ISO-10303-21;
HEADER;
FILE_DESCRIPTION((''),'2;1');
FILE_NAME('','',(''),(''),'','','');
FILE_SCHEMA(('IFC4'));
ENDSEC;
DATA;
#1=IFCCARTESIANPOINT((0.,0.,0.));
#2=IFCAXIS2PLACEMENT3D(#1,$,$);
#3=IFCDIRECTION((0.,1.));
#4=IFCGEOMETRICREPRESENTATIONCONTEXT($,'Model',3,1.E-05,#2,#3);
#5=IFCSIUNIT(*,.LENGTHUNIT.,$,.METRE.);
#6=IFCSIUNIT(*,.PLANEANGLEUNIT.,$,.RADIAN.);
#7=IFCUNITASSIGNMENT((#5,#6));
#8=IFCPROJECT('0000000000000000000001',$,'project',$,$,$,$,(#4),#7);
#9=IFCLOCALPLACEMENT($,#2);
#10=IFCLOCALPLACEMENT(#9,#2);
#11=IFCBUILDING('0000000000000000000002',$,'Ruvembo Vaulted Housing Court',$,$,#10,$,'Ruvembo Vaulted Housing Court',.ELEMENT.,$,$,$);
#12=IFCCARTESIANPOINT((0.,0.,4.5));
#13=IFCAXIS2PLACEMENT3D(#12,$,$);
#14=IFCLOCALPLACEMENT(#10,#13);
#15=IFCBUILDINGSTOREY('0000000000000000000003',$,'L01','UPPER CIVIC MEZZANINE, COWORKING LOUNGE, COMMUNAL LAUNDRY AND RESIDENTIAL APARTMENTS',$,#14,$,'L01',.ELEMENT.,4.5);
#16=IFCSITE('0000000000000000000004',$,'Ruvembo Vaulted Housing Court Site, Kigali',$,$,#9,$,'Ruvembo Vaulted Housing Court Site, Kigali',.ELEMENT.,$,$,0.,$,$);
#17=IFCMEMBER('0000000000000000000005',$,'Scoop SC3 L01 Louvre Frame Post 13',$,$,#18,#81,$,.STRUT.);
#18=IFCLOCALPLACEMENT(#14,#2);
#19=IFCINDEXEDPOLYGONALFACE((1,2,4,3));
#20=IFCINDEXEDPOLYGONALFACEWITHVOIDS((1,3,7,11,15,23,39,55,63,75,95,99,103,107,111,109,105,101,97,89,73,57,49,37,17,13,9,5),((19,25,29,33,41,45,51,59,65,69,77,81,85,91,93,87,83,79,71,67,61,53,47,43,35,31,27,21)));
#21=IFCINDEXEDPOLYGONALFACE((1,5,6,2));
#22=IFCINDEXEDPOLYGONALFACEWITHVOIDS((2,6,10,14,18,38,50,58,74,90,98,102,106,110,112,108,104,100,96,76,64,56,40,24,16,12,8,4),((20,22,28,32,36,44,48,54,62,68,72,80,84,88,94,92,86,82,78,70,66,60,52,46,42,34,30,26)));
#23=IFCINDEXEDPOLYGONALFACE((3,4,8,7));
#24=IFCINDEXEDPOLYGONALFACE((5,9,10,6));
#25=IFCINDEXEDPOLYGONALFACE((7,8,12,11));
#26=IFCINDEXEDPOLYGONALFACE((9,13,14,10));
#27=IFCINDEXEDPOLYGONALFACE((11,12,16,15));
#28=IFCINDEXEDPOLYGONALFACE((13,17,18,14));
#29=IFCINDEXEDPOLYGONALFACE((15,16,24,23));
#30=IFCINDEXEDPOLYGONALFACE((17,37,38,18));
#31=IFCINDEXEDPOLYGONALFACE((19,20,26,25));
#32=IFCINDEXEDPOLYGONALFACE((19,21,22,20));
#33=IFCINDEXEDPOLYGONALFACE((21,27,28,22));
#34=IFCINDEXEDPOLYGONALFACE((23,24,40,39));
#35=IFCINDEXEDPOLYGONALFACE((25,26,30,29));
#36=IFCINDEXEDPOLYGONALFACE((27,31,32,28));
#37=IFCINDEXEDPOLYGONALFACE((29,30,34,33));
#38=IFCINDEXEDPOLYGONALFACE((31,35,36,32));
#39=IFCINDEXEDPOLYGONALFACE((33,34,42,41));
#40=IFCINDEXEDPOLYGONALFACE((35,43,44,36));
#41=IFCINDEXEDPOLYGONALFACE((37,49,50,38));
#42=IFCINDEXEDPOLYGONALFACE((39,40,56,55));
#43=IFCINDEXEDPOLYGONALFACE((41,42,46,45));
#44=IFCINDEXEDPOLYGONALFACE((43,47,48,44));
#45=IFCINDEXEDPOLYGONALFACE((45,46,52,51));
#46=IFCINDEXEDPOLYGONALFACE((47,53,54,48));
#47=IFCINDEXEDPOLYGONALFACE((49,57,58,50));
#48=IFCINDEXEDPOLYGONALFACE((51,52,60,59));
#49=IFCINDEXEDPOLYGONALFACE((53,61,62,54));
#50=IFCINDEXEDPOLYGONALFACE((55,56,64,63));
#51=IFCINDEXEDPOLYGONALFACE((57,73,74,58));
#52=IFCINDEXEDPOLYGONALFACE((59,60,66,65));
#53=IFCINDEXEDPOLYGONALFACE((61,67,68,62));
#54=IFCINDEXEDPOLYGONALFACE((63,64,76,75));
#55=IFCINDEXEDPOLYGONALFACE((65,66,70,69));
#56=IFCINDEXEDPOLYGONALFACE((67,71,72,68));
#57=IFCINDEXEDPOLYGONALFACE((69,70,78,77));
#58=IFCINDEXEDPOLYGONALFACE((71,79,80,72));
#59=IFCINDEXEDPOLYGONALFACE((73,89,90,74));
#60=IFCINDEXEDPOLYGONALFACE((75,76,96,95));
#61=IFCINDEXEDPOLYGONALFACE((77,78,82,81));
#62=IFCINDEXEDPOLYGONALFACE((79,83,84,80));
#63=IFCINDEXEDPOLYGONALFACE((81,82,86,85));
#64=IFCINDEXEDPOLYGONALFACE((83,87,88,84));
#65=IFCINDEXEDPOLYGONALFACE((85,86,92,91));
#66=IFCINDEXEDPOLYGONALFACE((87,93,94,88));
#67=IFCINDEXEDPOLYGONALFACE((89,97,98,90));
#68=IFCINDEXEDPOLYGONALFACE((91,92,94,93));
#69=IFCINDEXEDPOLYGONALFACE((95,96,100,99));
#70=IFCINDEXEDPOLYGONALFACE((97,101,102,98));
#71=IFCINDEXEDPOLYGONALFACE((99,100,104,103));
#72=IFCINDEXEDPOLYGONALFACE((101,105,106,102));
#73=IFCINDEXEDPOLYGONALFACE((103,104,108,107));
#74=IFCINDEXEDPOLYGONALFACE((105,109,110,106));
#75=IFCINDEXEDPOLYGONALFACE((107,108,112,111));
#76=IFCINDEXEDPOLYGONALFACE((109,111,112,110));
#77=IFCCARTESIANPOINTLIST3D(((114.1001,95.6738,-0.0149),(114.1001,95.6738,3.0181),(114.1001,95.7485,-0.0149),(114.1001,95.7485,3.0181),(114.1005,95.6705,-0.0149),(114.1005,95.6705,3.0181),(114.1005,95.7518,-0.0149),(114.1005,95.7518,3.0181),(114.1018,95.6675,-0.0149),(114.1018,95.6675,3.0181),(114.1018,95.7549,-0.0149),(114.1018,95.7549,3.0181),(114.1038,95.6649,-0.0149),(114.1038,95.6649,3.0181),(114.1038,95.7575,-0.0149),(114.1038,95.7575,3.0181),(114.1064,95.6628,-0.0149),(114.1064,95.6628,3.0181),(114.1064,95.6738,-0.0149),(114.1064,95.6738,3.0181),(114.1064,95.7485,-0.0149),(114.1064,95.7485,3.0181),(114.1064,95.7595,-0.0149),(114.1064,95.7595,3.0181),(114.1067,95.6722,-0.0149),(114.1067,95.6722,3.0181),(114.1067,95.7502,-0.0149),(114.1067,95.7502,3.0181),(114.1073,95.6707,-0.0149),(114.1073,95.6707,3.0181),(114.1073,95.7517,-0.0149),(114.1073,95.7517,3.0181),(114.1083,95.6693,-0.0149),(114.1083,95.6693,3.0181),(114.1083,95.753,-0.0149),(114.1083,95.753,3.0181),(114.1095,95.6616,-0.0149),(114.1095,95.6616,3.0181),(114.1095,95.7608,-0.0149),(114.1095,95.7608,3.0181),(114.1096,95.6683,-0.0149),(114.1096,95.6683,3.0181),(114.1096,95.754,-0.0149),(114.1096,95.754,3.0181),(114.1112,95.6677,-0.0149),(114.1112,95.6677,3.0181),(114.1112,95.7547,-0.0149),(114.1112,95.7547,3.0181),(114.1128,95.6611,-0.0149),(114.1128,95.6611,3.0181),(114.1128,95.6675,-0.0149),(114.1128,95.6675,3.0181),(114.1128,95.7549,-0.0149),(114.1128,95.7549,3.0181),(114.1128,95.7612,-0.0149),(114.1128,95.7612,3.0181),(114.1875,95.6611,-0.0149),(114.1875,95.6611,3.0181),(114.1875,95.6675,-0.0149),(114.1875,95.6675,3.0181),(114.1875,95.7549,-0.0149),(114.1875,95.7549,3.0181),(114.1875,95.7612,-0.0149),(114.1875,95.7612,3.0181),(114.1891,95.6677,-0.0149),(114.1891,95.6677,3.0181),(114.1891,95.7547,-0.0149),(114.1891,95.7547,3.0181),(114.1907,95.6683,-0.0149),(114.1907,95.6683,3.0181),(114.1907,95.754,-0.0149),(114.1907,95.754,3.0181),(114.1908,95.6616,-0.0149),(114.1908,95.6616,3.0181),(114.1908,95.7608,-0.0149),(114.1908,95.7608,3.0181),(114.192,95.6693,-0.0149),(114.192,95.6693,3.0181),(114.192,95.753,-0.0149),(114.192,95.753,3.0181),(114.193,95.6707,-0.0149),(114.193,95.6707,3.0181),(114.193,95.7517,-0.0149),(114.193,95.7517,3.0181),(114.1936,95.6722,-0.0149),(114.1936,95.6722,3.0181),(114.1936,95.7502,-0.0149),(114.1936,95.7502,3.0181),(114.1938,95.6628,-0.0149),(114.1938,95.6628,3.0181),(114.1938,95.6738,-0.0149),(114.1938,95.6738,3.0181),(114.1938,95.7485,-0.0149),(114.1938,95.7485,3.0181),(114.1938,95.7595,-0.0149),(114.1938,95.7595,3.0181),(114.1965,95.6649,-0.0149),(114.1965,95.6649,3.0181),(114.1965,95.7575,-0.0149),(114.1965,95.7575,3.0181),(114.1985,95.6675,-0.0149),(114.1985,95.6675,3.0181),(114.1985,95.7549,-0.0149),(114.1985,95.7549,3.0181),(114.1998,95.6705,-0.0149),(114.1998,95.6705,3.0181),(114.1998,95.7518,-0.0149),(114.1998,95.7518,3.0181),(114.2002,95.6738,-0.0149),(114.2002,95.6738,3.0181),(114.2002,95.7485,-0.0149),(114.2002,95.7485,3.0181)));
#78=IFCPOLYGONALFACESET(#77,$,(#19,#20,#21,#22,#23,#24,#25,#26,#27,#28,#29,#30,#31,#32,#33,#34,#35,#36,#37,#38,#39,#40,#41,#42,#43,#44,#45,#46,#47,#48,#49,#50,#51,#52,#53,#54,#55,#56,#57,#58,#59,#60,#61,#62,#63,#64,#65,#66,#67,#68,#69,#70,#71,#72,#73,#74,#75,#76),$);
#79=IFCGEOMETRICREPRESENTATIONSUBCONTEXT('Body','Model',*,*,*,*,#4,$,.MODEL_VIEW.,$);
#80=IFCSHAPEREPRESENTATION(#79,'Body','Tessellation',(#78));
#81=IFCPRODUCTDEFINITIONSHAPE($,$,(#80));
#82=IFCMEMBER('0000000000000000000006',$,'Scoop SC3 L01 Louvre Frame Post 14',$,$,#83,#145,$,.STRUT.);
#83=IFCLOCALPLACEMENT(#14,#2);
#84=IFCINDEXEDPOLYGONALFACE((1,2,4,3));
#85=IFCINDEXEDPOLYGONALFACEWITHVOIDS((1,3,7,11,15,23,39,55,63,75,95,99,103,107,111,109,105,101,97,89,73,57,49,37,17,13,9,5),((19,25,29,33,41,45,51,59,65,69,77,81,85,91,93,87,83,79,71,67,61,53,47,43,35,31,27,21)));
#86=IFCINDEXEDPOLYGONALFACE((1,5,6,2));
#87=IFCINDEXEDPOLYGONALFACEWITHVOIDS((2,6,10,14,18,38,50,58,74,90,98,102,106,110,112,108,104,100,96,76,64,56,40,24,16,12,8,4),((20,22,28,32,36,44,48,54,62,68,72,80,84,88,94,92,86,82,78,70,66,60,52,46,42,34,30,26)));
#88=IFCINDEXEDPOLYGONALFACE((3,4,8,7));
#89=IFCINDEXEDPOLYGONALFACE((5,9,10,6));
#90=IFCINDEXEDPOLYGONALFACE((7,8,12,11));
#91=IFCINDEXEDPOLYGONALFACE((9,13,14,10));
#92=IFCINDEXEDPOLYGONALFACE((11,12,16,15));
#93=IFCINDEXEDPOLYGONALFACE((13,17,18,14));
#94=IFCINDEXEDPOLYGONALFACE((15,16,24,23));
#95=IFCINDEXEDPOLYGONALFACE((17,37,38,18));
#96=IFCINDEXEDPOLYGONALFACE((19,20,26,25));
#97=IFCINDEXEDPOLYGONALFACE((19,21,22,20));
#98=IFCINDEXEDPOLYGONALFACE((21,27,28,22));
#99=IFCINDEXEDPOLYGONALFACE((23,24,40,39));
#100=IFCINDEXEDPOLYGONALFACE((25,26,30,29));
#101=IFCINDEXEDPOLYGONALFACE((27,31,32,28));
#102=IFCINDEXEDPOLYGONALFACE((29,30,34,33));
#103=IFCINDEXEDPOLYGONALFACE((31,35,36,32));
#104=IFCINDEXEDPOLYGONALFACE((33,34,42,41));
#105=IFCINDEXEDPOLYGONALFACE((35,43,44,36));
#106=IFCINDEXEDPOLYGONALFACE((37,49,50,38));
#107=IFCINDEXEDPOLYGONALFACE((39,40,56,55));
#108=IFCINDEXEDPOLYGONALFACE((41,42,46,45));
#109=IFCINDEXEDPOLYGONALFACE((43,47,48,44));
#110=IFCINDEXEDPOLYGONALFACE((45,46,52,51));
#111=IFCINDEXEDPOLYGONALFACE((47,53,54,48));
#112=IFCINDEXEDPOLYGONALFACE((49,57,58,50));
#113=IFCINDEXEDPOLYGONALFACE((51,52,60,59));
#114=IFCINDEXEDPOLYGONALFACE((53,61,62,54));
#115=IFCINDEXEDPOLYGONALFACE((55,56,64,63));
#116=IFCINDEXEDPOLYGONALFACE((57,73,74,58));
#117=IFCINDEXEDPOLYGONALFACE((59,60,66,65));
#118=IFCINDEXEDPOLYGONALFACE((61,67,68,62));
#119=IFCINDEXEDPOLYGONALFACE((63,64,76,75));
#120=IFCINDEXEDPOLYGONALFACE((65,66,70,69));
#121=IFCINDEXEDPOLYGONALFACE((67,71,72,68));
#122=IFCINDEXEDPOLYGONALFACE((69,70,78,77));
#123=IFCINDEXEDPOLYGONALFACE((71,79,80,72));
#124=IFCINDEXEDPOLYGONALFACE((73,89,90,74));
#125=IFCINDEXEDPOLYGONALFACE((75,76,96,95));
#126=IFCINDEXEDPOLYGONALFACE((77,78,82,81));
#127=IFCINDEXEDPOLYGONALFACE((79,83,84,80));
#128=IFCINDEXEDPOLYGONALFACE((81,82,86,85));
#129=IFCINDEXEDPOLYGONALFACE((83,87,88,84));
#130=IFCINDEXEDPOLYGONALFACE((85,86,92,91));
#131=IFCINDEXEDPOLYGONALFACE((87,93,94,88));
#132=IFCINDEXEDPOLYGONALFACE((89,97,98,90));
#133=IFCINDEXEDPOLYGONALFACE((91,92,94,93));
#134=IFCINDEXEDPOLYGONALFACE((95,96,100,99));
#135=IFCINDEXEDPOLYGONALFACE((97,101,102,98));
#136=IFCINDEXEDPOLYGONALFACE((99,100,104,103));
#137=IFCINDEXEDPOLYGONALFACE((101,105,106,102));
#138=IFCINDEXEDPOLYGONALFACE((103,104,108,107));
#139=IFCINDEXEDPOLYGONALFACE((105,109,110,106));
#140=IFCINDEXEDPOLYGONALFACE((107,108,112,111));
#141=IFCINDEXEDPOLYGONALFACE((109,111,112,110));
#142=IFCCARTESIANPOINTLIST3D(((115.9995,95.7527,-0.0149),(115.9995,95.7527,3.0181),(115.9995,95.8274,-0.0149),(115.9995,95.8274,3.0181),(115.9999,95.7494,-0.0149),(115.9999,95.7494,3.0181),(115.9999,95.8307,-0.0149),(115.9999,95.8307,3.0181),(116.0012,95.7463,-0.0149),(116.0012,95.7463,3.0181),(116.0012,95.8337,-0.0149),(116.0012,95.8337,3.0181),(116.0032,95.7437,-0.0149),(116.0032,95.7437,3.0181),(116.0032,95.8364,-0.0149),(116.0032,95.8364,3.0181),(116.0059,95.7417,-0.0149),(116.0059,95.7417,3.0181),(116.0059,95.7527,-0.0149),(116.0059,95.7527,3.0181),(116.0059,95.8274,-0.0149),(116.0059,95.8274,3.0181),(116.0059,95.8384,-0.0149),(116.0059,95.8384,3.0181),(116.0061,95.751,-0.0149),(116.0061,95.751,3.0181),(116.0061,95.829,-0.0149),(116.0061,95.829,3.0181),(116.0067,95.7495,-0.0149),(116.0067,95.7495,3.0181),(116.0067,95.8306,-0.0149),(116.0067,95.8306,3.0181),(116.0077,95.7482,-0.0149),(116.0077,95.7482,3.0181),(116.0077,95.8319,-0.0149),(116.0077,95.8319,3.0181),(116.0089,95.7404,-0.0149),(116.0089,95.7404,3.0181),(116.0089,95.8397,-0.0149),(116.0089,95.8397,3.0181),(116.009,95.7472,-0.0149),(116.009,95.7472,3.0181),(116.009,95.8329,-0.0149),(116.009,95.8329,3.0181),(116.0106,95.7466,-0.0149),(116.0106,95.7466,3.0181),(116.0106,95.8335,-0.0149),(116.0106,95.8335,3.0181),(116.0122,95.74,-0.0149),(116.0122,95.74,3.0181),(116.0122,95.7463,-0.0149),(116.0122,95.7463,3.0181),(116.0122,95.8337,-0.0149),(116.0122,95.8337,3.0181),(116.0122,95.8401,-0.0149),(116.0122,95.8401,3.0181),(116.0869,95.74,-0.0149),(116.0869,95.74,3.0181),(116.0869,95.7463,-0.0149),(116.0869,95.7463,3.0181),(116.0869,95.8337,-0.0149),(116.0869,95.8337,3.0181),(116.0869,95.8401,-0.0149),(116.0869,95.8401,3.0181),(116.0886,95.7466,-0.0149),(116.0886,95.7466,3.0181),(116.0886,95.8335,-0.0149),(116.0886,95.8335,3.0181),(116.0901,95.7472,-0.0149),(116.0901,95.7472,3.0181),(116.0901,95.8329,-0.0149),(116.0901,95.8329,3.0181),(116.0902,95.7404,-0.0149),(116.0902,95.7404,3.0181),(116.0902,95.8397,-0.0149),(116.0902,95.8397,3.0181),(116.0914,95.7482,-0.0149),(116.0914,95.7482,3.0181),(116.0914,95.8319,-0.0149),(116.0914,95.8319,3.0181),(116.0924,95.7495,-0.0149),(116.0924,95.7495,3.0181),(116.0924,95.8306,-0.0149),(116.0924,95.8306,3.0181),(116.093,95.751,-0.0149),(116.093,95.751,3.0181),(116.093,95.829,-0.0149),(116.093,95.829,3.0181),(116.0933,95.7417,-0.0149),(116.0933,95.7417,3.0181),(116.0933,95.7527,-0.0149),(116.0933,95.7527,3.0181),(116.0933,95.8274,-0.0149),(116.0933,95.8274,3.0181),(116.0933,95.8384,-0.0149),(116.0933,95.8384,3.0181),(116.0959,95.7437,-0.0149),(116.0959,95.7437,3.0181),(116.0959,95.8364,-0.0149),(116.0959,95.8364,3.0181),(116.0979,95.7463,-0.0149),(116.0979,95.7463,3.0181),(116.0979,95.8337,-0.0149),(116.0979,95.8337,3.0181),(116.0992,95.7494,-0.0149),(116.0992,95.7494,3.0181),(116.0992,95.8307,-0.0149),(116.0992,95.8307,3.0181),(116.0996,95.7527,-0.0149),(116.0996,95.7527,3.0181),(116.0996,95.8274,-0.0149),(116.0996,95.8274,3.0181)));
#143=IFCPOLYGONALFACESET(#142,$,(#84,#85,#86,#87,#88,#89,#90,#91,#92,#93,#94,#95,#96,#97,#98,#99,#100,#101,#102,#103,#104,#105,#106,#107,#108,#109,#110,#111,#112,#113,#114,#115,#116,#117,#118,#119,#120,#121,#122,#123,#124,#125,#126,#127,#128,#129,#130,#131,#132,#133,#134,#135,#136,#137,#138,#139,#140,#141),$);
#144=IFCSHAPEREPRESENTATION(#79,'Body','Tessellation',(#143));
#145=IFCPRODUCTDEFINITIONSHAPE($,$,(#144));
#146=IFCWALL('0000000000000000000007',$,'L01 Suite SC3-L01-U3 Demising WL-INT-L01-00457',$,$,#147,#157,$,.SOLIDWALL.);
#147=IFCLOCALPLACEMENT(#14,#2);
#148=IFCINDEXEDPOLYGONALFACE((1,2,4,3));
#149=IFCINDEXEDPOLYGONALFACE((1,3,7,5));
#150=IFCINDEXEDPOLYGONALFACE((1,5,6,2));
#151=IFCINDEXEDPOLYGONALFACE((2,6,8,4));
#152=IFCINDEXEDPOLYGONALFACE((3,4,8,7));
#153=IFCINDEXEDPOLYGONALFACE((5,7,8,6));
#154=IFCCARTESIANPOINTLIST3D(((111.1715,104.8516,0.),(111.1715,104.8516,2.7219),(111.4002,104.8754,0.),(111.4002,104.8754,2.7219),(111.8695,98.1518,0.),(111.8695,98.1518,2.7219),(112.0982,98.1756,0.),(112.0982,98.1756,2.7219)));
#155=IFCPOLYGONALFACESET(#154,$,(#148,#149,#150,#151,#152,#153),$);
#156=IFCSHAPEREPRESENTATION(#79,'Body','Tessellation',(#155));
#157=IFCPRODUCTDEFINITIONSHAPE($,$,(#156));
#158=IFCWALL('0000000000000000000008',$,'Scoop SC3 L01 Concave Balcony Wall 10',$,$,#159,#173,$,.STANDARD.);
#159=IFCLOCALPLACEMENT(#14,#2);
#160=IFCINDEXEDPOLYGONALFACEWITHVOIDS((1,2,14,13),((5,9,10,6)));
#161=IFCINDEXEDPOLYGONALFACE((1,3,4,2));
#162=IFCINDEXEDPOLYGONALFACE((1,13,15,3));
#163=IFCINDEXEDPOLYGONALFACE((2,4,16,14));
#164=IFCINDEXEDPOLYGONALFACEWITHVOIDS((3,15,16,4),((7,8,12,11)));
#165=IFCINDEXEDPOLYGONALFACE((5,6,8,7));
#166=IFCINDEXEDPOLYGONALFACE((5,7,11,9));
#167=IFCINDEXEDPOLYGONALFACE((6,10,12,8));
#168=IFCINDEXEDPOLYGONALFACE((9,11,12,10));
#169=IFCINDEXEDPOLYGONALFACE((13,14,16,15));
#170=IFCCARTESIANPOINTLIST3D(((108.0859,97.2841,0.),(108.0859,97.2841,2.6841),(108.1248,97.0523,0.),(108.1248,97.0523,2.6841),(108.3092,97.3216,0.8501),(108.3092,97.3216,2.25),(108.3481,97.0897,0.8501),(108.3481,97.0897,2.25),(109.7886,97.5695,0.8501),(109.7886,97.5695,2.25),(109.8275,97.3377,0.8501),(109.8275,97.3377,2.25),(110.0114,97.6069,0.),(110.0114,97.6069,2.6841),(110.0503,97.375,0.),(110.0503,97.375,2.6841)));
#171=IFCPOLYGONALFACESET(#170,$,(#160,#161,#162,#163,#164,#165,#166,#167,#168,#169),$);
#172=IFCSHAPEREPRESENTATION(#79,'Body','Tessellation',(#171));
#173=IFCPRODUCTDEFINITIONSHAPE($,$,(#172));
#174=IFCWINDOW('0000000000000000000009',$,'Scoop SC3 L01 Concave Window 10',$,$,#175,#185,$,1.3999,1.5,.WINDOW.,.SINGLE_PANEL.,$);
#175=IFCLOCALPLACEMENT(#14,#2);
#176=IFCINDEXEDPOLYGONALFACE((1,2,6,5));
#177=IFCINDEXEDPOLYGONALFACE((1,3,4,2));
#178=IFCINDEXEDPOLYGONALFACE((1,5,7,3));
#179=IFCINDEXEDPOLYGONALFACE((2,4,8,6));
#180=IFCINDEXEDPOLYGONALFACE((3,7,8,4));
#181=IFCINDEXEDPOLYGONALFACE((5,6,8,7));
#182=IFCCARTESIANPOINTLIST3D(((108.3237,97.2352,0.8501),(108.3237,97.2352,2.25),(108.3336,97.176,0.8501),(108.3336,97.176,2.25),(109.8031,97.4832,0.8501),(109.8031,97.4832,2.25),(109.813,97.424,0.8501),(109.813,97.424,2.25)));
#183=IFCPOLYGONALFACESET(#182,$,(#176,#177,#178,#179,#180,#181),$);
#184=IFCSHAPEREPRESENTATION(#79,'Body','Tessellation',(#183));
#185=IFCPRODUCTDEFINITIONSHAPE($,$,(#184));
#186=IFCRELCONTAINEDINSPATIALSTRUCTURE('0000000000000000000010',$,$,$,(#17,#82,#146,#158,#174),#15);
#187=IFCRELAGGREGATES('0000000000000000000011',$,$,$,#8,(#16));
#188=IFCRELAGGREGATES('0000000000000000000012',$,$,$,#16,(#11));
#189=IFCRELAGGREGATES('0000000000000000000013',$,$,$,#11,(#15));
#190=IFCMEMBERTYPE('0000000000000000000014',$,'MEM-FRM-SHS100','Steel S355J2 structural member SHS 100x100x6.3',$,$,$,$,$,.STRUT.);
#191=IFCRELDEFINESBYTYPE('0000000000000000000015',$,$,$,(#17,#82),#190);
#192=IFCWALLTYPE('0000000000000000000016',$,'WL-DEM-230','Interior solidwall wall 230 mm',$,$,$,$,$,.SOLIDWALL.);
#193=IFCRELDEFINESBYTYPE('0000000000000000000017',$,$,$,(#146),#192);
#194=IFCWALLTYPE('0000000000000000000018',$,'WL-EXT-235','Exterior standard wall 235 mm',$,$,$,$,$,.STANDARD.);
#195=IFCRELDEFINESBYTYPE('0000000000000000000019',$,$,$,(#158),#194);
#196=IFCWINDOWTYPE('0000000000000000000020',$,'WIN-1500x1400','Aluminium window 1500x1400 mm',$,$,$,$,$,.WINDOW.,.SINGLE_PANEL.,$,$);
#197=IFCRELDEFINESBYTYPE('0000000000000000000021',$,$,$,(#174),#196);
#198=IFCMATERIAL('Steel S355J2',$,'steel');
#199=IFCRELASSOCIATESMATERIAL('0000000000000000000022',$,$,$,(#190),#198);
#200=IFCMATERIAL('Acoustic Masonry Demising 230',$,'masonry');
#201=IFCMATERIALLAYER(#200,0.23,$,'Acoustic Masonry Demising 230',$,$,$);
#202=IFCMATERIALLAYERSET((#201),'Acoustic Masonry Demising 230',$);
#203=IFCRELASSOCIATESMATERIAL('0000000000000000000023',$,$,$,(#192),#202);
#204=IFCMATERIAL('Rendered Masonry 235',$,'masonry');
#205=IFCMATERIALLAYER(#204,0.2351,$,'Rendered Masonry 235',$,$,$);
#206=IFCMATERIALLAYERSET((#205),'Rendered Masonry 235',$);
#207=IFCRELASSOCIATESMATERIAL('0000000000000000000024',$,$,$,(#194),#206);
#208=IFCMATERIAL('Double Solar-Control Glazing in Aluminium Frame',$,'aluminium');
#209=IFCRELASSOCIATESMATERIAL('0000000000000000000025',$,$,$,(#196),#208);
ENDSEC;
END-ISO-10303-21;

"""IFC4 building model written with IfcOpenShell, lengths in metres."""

from ifc_helpers import new_model, si_unit, direction, frame, frame_2d, origin, origin_2d, place, context, subcontext, project, spatial, rectangle, hollow_rectangle, extrude, material, layer, layer_set, material_profile, profile_set, type_object, element, fill, save


model = new_model("IFC4")

# Units and contexts
model_context = context("Model", 3, precision=1e-05, world=origin(), true_north=direction((0.0, 1.0)))
body_context = subcontext(model_context, "Body", "Model", "MODEL_VIEW")
ifc_project = project(units=[si_unit("LENGTHUNIT", "METRE"), si_unit("PLANEANGLEUNIT", "RADIAN")], contexts=[model_context])

# Site, building, storey
site_placement = place(None, origin())
site = spatial("IfcSite", under=ifc_project, at=site_placement, Name="Ruvembo Vaulted Housing Court Site, Kigali", LongName="Ruvembo Vaulted Housing Court Site, Kigali", CompositionType="ELEMENT", RefElevation=0.0)
building_placement = place(site_placement, origin())
building = spatial("IfcBuilding", under=site, at=building_placement, Name="Ruvembo Vaulted Housing Court", LongName="Ruvembo Vaulted Housing Court", CompositionType="ELEMENT")
storey_placement = place(building_placement, frame((0.0, 0.0, 4.5)))
storey = spatial("IfcBuildingStorey", under=building, at=storey_placement, Name="L01", Description="UPPER CIVIC MEZZANINE, COWORKING LOUNGE, COMMUNAL LAUNDRY AND RESIDENTIAL APARTMENTS", LongName="L01", CompositionType="ELEMENT", Elevation=4.5)

# Shared definitions
ifc_material_1 = material(Name="Steel S355J2", Category="steel")

# Members
ifc_material_profile_1 = material_profile(ifc_material_1, hollow_rectangle(XDim=0.1001, YDim=0.1001, WallThickness=0.0063, InnerFilletRadius=0.0063, OuterFilletRadius=0.0127, at=origin_2d()), Name="SHS 100x100x6.3")
ifc_profile_set_1 = profile_set([ifc_material_profile_1], Name="Steel S355J2")
member_type_1 = type_object("IfcMemberType", Name="MEM-FRM-SHS100", Description="Steel S355J2 structural member SHS 100x100x6.3", PredefinedType="STRUT", material=ifc_profile_set_1)
for number, where, z_axis, x_axis, name in (
    (1, (114.1501, 95.7112, -0.0149), (0.0, 0.0, 1.0), (1.0, 0.0, 0.0), "Scoop SC3 L01 Louvre Frame Post 13"),
    (2, (116.0496, 95.79, -0.0149), (0.0, 0.0, 1.0), (1.0, 0.0, 0.0), "Scoop SC3 L01 Louvre Frame Post 14"),
):
    element("IfcMember", number, at=place(storey_placement, frame(where, z_axis=z_axis, x_axis=x_axis)), inside=storey, type_object=member_type_1, Name=name, PredefinedType="STRUT", context=body_context, shape_type="SweptSolid", body=[
        extrude(hollow_rectangle(XDim=0.1001, YDim=0.1001, WallThickness=0.0063, InnerFilletRadius=0.0063, OuterFilletRadius=0.0127, at=origin_2d()), origin(), (0.0, 0.0, 1.0), 3.033),
    ])

# Wall
ifc_material_2 = material(Name="Acoustic Masonry Demising 230", Category="masonry")
ifc_layer_1 = layer(ifc_material_2, 0.23, Name="Acoustic Masonry Demising 230")
ifc_layer_set_1 = layer_set([ifc_layer_1], Name="Acoustic Masonry Demising 230")
wall_type_1 = type_object("IfcWallType", Name="WL-DEM-230", Description="Interior solidwall wall 230 mm", PredefinedType="SOLIDWALL", material=ifc_layer_set_1)
wall_1_placement = place(storey_placement, frame((111.9839, 98.1636, 0.0), z_axis=(0.0, 0.0, 1.0), x_axis=(-0.103623, 0.994617, 0.0)))
element("IfcWall", 3, at=wall_1_placement, inside=storey, type_object=wall_type_1, Name="L01 Suite SC3-L01-U3 Demising WL-INT-L01-00457", PredefinedType="SOLIDWALL", context=body_context, shape_type="SweptSolid", body=[
    extrude(rectangle(XDim=6.7361, YDim=0.23, at=frame_2d((3.3682, 0.0))), origin(), (0.0, 0.0, 1.0), 2.7219),
])

# Wall, opening, window
ifc_material_3 = material(Name="Rendered Masonry 235", Category="masonry")
ifc_layer_2 = layer(ifc_material_3, 0.2351, Name="Rendered Masonry 235")
ifc_layer_set_2 = layer_set([ifc_layer_2], Name="Rendered Masonry 235")
wall_type_2 = type_object("IfcWallType", Name="WL-EXT-235", Description="Exterior standard wall 235 mm", PredefinedType="STANDARD", material=ifc_layer_set_2)
wall_2_placement = place(storey_placement, frame((108.1055, 97.1682, 0.0), z_axis=(0.0, 0.0, 1.0), x_axis=(0.986241, 0.165311, 0.0)))
wall_2 = element("IfcWall", 4, at=wall_2_placement, inside=storey, type_object=wall_type_2, Name="Scoop SC3 L01 Concave Balcony Wall 10", PredefinedType="STANDARD", context=body_context, shape_type="SweptSolid", body=[
    extrude(rectangle(XDim=1.9524, YDim=0.2351, at=frame_2d((0.9761, 0.0))), origin(), (0.0, 0.0, 1.0), 2.6841),
])
opening_1_placement = place(wall_2_placement, frame((0.2263, 0.0, 0.8501)))
opening_1 = element("IfcOpeningElement", 5, at=opening_1_placement, cuts=wall_2, PredefinedType="OPENING", context=body_context, shape_type="SweptSolid", body=[
    extrude(rectangle(XDim=1.5, YDim=1.3999, at=frame_2d((0.75, 0.7))), frame((0.0, 0.1274, 0.0), z_axis=(0.0, -1.0, 0.0), x_axis=(1.0, 0.0, 0.0)), (0.0, 0.0, 1.0), 0.2551),
])
ifc_material_4 = material(Name="Double Solar-Control Glazing in Aluminium Frame", Category="aluminium")
window_type_1 = type_object("IfcWindowType", Name="WIN-1500x1400", Description="Aluminium window 1500x1400 mm", PartitioningType="SINGLE_PANEL", PredefinedType="WINDOW", material=ifc_material_4)
window_1_placement = place(opening_1_placement, origin())
window_1 = element("IfcWindow", 6, at=window_1_placement, inside=storey, type_object=window_type_1, Name="Scoop SC3 L01 Concave Window 10", OverallHeight=1.3999, OverallWidth=1.5, PartitioningType="SINGLE_PANEL", PredefinedType="WINDOW", context=body_context, shape_type="SweptSolid", body=[
    extrude(rectangle(XDim=1.5, YDim=1.3999, at=frame_2d((0.75, 0.7))), frame((0.0, 0.03, 0.0), z_axis=(0.0, -1.0, 0.0), x_axis=(1.0, 0.0, 0.0)), (0.0, 0.0, 1.0), 0.0601),
])
fill(opening_1, window_1)

save(model, "model.ifc")
